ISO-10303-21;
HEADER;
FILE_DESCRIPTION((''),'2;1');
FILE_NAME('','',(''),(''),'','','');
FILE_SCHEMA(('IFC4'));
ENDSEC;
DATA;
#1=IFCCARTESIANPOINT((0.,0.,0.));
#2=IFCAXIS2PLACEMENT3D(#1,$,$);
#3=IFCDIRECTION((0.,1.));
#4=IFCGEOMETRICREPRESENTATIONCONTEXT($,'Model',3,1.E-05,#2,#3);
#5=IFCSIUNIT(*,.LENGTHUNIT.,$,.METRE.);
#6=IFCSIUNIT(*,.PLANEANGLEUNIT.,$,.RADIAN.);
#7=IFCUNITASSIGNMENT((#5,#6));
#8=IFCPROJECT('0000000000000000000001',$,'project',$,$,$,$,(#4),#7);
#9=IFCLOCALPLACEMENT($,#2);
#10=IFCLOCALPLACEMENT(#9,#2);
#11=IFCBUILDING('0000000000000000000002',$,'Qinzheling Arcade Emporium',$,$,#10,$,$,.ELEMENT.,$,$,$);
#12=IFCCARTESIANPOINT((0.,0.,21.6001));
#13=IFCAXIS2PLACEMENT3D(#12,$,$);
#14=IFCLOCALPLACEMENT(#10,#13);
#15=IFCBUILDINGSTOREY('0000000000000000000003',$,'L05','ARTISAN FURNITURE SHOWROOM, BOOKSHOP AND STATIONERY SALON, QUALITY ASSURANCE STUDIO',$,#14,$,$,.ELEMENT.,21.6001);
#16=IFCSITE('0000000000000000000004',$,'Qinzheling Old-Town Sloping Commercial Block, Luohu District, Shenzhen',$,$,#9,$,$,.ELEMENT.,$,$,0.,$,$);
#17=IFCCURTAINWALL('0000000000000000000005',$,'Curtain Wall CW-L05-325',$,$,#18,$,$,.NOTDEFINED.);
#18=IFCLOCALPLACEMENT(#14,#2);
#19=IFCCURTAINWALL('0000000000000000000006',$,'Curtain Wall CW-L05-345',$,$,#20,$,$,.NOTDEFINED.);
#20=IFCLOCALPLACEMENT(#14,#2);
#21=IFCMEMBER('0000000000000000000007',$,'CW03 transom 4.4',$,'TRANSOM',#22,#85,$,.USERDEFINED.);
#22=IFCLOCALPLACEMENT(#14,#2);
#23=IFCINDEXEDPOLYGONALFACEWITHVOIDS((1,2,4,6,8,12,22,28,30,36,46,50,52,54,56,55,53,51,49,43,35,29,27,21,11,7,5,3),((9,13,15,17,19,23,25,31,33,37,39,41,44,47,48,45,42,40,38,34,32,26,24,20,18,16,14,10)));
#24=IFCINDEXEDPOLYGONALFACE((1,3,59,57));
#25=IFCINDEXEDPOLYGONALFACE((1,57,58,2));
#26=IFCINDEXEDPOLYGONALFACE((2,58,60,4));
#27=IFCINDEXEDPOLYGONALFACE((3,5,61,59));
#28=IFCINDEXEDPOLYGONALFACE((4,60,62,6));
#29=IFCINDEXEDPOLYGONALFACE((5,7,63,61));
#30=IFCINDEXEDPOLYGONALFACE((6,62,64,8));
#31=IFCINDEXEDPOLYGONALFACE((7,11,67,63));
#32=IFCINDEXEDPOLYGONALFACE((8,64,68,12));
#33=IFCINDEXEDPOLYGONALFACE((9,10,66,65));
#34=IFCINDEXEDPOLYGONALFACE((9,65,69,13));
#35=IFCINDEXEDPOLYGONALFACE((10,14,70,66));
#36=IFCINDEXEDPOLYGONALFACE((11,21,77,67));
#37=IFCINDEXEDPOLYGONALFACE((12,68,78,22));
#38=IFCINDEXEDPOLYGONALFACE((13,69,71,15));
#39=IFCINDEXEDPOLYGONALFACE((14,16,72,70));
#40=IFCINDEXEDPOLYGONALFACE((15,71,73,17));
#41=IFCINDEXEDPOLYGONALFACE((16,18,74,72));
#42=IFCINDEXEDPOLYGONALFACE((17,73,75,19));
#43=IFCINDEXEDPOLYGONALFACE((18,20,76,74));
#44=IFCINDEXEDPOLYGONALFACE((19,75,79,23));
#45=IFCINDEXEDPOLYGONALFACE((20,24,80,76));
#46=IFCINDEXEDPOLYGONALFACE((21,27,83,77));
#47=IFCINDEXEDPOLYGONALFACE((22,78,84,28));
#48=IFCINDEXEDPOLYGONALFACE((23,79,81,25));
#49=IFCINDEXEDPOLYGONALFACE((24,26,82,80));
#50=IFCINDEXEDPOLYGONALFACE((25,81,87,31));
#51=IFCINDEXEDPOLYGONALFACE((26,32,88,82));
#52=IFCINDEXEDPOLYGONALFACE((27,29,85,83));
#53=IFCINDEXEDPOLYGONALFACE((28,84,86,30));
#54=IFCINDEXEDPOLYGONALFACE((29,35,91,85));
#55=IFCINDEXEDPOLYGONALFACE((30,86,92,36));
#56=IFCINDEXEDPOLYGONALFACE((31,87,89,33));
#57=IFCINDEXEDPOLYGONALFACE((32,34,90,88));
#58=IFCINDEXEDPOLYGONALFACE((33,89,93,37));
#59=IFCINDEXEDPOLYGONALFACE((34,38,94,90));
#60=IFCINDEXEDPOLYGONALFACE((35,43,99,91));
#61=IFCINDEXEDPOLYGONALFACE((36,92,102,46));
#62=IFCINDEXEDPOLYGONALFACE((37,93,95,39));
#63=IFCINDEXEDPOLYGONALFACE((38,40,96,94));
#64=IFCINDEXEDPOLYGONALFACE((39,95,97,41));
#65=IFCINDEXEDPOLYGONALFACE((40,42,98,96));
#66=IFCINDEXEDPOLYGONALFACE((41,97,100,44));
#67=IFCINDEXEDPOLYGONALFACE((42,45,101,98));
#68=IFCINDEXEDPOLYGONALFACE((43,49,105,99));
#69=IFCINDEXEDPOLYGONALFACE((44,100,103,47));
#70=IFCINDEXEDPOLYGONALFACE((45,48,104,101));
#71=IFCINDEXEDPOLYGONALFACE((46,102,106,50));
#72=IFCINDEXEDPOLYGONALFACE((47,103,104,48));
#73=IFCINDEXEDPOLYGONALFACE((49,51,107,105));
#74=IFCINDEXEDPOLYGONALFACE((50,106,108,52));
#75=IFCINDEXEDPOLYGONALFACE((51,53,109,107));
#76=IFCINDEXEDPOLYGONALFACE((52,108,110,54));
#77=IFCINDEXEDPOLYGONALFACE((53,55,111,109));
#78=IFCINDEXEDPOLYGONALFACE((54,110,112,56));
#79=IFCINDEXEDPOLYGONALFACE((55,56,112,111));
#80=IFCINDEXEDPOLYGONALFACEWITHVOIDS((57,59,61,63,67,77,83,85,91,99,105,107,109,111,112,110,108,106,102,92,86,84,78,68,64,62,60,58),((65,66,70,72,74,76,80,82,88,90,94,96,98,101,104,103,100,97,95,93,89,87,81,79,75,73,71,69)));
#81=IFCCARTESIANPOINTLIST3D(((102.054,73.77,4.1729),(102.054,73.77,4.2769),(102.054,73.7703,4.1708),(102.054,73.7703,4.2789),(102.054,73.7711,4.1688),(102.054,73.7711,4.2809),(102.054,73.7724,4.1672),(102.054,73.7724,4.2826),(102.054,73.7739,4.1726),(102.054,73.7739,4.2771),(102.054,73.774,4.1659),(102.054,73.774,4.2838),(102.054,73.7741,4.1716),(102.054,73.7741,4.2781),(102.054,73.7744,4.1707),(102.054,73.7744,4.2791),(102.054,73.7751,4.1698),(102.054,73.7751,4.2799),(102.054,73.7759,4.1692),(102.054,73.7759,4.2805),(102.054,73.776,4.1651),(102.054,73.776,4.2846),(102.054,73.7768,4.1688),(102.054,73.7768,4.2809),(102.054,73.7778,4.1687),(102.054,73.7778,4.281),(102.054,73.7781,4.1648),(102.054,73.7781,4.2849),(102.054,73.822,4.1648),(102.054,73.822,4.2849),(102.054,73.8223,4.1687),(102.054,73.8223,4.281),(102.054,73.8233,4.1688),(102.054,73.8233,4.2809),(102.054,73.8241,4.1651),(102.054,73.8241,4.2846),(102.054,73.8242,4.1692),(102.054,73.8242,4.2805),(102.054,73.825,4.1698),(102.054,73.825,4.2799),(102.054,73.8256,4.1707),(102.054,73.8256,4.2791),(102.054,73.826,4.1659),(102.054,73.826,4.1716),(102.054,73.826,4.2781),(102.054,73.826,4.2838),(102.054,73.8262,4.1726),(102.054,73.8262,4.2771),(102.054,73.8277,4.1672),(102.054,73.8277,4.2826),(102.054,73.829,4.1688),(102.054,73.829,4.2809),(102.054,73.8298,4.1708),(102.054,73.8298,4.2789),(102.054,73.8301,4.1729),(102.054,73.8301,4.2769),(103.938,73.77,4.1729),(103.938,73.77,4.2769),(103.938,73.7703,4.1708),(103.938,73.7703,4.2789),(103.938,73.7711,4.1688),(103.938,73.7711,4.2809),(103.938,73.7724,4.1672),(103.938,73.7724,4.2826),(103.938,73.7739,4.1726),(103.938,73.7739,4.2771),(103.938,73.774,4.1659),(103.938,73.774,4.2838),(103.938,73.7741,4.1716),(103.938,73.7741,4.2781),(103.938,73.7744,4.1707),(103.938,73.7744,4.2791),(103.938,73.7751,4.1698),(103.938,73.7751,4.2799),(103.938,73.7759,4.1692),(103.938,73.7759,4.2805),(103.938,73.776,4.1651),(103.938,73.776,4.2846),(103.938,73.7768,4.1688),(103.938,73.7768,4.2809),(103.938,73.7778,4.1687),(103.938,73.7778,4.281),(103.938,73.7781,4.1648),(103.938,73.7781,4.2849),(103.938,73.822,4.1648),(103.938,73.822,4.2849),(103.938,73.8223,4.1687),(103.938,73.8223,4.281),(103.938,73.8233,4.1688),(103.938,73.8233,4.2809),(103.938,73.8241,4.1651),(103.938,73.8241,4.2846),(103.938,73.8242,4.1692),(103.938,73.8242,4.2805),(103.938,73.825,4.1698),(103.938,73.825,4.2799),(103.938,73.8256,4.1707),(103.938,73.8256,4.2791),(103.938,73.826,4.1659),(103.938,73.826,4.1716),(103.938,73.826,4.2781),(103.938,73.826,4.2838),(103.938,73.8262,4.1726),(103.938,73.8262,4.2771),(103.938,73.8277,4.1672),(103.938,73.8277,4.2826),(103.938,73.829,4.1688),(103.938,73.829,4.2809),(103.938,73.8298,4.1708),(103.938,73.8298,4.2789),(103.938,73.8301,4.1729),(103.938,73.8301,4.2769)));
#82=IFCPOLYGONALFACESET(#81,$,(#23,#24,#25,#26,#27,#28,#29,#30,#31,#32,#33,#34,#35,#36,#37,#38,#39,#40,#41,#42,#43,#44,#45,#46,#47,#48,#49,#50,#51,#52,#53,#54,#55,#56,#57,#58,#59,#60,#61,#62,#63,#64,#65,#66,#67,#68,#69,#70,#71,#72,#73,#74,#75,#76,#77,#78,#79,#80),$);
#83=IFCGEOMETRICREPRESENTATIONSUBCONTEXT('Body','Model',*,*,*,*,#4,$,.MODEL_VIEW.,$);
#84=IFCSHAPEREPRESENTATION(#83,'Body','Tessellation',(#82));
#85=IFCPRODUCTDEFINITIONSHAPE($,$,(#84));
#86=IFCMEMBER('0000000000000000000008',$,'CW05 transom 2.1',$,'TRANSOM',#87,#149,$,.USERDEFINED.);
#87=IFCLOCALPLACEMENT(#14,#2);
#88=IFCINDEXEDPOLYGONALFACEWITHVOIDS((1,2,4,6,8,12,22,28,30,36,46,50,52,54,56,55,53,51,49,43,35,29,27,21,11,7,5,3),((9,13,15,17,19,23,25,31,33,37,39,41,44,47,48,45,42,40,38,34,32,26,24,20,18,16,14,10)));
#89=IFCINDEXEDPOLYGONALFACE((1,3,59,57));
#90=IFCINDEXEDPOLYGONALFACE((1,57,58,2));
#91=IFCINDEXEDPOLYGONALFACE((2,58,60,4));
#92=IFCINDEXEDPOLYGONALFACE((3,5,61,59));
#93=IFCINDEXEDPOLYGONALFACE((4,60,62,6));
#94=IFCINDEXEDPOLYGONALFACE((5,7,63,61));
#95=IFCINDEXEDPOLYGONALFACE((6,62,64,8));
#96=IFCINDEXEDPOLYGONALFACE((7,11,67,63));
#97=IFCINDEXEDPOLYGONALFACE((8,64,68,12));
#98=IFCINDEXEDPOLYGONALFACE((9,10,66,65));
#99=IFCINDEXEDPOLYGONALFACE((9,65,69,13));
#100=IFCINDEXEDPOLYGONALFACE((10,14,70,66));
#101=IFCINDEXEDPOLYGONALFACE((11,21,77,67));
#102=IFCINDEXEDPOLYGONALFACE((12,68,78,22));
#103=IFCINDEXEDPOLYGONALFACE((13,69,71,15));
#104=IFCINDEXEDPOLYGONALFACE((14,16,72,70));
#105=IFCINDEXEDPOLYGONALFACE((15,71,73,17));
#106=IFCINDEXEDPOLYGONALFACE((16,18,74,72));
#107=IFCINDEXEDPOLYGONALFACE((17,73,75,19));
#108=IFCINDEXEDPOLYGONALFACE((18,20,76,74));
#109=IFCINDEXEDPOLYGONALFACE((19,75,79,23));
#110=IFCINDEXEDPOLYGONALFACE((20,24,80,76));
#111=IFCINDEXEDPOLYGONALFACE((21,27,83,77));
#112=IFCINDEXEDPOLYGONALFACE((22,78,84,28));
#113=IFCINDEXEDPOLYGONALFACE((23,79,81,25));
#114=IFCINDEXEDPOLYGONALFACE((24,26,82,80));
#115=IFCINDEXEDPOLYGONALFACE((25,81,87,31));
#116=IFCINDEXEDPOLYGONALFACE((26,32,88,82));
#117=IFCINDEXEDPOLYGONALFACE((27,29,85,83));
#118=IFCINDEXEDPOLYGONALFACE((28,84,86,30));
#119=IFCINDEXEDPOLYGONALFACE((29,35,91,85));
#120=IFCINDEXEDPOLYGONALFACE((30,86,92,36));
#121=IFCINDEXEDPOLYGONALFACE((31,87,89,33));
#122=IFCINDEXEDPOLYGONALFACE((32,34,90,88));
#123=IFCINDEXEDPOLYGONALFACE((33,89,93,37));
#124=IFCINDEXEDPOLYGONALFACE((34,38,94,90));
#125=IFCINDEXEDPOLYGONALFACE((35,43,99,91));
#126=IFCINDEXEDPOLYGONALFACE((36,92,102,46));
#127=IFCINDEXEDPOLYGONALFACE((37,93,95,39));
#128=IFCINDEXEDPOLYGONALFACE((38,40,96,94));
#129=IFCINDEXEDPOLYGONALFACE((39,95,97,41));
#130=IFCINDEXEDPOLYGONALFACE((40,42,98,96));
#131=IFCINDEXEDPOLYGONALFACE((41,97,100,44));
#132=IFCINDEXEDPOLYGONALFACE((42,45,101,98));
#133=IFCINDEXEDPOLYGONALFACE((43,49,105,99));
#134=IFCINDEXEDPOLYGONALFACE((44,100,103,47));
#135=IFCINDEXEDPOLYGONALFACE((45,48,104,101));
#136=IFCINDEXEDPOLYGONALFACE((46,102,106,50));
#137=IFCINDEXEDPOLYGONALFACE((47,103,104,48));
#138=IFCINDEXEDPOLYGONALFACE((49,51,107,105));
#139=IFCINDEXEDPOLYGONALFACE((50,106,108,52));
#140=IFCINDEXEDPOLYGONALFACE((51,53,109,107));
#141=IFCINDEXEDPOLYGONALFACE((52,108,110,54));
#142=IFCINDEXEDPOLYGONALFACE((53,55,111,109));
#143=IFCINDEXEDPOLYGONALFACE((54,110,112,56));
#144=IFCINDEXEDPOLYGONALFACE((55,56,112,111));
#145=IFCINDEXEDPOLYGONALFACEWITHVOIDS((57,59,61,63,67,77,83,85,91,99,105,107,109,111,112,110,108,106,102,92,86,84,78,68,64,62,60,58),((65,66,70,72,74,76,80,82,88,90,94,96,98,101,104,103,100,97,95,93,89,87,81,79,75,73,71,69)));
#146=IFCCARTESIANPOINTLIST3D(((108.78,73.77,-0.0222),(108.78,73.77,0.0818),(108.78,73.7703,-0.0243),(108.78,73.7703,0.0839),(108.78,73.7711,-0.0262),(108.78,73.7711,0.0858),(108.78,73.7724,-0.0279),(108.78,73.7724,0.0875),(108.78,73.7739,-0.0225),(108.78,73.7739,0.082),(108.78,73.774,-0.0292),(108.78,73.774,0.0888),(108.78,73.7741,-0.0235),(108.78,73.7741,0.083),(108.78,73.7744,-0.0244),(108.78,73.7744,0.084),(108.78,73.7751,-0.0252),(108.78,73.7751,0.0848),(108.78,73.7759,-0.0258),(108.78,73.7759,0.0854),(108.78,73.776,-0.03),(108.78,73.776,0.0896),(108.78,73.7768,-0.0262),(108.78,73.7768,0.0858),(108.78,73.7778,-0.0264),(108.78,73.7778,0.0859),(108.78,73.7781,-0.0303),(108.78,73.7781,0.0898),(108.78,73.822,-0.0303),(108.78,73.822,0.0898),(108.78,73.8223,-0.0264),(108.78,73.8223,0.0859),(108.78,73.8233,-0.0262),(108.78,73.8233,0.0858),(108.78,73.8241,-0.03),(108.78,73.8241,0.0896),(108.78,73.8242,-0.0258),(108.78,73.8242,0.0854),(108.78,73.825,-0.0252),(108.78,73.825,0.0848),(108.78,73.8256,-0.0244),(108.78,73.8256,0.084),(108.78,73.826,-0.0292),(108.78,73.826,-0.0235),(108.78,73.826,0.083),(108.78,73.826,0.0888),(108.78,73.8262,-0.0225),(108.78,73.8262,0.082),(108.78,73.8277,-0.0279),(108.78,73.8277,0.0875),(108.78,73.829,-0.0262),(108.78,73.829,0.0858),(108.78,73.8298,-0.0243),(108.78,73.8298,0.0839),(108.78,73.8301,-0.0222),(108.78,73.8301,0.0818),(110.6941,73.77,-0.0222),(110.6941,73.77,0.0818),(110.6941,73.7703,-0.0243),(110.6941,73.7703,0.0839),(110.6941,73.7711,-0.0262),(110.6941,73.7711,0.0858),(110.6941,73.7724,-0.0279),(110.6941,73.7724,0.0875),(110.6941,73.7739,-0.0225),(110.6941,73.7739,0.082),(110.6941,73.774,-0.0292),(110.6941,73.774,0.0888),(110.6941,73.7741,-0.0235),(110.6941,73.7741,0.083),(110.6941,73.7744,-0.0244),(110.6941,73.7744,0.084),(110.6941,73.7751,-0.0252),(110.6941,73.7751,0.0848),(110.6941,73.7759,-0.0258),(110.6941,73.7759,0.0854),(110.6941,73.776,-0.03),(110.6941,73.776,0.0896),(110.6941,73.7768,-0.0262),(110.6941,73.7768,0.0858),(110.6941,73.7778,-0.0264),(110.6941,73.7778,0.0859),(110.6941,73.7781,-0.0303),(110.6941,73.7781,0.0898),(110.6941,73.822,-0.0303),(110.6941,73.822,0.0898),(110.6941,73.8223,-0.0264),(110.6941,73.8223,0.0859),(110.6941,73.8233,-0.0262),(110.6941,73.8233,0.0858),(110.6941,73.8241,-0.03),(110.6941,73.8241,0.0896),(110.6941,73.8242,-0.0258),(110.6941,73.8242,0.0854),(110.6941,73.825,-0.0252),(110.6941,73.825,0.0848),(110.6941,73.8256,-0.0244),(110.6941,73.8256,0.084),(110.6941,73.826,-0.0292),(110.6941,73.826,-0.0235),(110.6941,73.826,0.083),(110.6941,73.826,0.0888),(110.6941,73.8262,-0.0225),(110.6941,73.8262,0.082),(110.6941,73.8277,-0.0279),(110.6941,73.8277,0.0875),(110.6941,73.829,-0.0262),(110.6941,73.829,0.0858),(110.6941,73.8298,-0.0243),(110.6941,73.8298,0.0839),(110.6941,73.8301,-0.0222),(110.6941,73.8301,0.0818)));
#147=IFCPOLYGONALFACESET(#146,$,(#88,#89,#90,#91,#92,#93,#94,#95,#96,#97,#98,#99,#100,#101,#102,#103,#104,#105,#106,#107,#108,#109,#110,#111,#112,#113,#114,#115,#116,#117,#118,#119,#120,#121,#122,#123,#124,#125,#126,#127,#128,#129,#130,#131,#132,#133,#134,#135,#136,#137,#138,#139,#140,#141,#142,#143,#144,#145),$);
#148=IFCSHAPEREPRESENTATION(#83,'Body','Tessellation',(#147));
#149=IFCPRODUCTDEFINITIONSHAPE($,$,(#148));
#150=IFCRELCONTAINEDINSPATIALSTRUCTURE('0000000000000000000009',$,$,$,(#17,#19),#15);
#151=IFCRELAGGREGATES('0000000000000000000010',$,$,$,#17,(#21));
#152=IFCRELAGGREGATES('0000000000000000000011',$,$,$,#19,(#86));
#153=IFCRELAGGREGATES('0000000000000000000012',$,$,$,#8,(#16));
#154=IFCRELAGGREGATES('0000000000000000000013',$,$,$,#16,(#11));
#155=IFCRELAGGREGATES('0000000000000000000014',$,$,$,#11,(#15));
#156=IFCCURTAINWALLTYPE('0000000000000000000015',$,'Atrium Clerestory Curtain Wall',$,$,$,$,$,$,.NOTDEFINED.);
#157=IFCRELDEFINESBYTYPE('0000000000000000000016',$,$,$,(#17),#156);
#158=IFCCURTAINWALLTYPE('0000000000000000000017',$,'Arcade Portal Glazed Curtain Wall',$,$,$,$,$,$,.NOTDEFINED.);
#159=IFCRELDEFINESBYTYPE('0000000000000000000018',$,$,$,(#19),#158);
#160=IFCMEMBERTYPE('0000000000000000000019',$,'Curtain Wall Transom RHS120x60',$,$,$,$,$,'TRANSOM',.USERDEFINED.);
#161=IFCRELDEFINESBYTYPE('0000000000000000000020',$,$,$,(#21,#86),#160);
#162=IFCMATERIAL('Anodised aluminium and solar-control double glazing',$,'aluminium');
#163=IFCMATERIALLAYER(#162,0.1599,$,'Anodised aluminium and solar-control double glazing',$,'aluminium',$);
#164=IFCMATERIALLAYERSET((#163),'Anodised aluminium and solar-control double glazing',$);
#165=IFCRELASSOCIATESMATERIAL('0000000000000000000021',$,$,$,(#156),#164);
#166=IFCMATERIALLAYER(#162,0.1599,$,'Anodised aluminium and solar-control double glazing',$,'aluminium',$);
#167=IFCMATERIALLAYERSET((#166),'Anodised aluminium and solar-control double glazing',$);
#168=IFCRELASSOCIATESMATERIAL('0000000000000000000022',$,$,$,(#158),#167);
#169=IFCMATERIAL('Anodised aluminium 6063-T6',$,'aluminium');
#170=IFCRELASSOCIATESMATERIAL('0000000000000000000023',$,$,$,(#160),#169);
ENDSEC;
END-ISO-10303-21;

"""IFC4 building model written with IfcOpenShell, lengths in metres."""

from ifc_helpers import new_model, si_unit, direction, frame, origin, origin_2d, place, context, subcontext, project, spatial, hollow_rectangle, extrude, material, layer, layer_set, material_profile, profile_set, type_object, element, aggregate, save


model = new_model("IFC4")

# Units and contexts
model_context = context("Model", 3, precision=1e-05, world=origin(), true_north=direction((0.0, 1.0)))
body_context = subcontext(model_context, "Body", "Model", "MODEL_VIEW")
ifc_project = project(units=[si_unit("LENGTHUNIT", "METRE"), si_unit("PLANEANGLEUNIT", "RADIAN")], contexts=[model_context])

# Site, building, storey
site_placement = place(None, origin())
site = spatial("IfcSite", under=ifc_project, at=site_placement, Name="Qinzheling Old-Town Sloping Commercial Block, Luohu District, Shenzhen", CompositionType="ELEMENT", RefElevation=0.0)
building_placement = place(site_placement, origin())
building = spatial("IfcBuilding", under=site, at=building_placement, Name="Qinzheling Arcade Emporium", CompositionType="ELEMENT")
storey_placement = place(building_placement, frame((0.0, 0.0, 21.6001)))
storey = spatial("IfcBuildingStorey", under=building, at=storey_placement, Name="L05", Description="ARTISAN FURNITURE SHOWROOM, BOOKSHOP AND STATIONERY SALON, QUALITY ASSURANCE STUDIO", CompositionType="ELEMENT", Elevation=21.6001)

# Curtain wall
ifc_material_1 = material(Name="Anodised aluminium and solar-control double glazing", Category="aluminium")
ifc_layer_1 = layer(ifc_material_1, 0.1599, Name="Anodised aluminium and solar-control double glazing", Category="aluminium")
ifc_layer_set_1 = layer_set([ifc_layer_1], Name="Anodised aluminium and solar-control double glazing")
curtain_wall_type_1 = type_object("IfcCurtainWallType", Name="Atrium Clerestory Curtain Wall", PredefinedType="NOTDEFINED", material=ifc_layer_set_1)
curtain_wall_1_placement = place(storey_placement, origin())
curtain_wall_1 = element("IfcCurtainWall", 1, at=curtain_wall_1_placement, inside=storey, type_object=curtain_wall_type_1, Name="Curtain Wall CW-L05-325", PredefinedType="NOTDEFINED")
ifc_material_2 = material(Name="Anodised aluminium 6063-T6", Category="aluminium")

# Curtain wall
ifc_layer_2 = layer(ifc_material_1, 0.1599, Name="Anodised aluminium and solar-control double glazing", Category="aluminium")
ifc_layer_set_2 = layer_set([ifc_layer_2], Name="Anodised aluminium and solar-control double glazing")
curtain_wall_type_2 = type_object("IfcCurtainWallType", Name="Arcade Portal Glazed Curtain Wall", PredefinedType="NOTDEFINED", material=ifc_layer_set_2)
curtain_wall_2_placement = place(storey_placement, origin())
curtain_wall_2 = element("IfcCurtainWall", 2, at=curtain_wall_2_placement, inside=storey, type_object=curtain_wall_type_2, Name="Curtain Wall CW-L05-345", PredefinedType="NOTDEFINED")

# Members
ifc_material_profile_1 = material_profile(ifc_material_2, hollow_rectangle(XDim=0.0601, YDim=0.1201, WallThickness=0.0039, InnerFilletRadius=0.0039, OuterFilletRadius=0.0081, at=origin_2d()), Name="RHS 120x60x4", Category="aluminium")
ifc_profile_set_1 = profile_set([ifc_material_profile_1], Name="Anodised aluminium 6063-T6")
member_type_1 = type_object("IfcMemberType", Name="Curtain Wall Transom RHS120x60", ElementType="TRANSOM", PredefinedType="USERDEFINED", material=ifc_profile_set_1)
member_1_placement = place(storey_placement, frame((102.054, 73.8, 4.2249), z_axis=(1.0, 0.0, 0.0), x_axis=(0.0, 1.0, 0.0)))
member_1 = element("IfcMember", 3, at=member_1_placement, type_object=member_type_1, Name="CW03 transom 4.4", ObjectType="TRANSOM", PredefinedType="USERDEFINED", context=body_context, shape_type="SweptSolid", body=[
    extrude(hollow_rectangle(XDim=0.0601, YDim=0.1201, WallThickness=0.0039, InnerFilletRadius=0.0039, OuterFilletRadius=0.0081, at=origin_2d()), origin(), (0.0, 0.0, 1.0), 1.884),
])
member_2_placement = place(storey_placement, frame((110.6941, 73.8, 0.0298), z_axis=(-1.0, 0.0, 0.0), x_axis=(0.0, -1.0, 0.0)))
member_2 = element("IfcMember", 4, at=member_2_placement, type_object=member_type_1, Name="CW05 transom 2.1", ObjectType="TRANSOM", PredefinedType="USERDEFINED", context=body_context, shape_type="SweptSolid", body=[
    extrude(hollow_rectangle(XDim=0.0601, YDim=0.1201, WallThickness=0.0039, InnerFilletRadius=0.0039, OuterFilletRadius=0.0081, at=origin_2d()), origin(), (0.0, 0.0, 1.0), 1.9141),
])

aggregate(curtain_wall_1, [member_1])
aggregate(curtain_wall_2, [member_2])

save(model, "model.ifc")
